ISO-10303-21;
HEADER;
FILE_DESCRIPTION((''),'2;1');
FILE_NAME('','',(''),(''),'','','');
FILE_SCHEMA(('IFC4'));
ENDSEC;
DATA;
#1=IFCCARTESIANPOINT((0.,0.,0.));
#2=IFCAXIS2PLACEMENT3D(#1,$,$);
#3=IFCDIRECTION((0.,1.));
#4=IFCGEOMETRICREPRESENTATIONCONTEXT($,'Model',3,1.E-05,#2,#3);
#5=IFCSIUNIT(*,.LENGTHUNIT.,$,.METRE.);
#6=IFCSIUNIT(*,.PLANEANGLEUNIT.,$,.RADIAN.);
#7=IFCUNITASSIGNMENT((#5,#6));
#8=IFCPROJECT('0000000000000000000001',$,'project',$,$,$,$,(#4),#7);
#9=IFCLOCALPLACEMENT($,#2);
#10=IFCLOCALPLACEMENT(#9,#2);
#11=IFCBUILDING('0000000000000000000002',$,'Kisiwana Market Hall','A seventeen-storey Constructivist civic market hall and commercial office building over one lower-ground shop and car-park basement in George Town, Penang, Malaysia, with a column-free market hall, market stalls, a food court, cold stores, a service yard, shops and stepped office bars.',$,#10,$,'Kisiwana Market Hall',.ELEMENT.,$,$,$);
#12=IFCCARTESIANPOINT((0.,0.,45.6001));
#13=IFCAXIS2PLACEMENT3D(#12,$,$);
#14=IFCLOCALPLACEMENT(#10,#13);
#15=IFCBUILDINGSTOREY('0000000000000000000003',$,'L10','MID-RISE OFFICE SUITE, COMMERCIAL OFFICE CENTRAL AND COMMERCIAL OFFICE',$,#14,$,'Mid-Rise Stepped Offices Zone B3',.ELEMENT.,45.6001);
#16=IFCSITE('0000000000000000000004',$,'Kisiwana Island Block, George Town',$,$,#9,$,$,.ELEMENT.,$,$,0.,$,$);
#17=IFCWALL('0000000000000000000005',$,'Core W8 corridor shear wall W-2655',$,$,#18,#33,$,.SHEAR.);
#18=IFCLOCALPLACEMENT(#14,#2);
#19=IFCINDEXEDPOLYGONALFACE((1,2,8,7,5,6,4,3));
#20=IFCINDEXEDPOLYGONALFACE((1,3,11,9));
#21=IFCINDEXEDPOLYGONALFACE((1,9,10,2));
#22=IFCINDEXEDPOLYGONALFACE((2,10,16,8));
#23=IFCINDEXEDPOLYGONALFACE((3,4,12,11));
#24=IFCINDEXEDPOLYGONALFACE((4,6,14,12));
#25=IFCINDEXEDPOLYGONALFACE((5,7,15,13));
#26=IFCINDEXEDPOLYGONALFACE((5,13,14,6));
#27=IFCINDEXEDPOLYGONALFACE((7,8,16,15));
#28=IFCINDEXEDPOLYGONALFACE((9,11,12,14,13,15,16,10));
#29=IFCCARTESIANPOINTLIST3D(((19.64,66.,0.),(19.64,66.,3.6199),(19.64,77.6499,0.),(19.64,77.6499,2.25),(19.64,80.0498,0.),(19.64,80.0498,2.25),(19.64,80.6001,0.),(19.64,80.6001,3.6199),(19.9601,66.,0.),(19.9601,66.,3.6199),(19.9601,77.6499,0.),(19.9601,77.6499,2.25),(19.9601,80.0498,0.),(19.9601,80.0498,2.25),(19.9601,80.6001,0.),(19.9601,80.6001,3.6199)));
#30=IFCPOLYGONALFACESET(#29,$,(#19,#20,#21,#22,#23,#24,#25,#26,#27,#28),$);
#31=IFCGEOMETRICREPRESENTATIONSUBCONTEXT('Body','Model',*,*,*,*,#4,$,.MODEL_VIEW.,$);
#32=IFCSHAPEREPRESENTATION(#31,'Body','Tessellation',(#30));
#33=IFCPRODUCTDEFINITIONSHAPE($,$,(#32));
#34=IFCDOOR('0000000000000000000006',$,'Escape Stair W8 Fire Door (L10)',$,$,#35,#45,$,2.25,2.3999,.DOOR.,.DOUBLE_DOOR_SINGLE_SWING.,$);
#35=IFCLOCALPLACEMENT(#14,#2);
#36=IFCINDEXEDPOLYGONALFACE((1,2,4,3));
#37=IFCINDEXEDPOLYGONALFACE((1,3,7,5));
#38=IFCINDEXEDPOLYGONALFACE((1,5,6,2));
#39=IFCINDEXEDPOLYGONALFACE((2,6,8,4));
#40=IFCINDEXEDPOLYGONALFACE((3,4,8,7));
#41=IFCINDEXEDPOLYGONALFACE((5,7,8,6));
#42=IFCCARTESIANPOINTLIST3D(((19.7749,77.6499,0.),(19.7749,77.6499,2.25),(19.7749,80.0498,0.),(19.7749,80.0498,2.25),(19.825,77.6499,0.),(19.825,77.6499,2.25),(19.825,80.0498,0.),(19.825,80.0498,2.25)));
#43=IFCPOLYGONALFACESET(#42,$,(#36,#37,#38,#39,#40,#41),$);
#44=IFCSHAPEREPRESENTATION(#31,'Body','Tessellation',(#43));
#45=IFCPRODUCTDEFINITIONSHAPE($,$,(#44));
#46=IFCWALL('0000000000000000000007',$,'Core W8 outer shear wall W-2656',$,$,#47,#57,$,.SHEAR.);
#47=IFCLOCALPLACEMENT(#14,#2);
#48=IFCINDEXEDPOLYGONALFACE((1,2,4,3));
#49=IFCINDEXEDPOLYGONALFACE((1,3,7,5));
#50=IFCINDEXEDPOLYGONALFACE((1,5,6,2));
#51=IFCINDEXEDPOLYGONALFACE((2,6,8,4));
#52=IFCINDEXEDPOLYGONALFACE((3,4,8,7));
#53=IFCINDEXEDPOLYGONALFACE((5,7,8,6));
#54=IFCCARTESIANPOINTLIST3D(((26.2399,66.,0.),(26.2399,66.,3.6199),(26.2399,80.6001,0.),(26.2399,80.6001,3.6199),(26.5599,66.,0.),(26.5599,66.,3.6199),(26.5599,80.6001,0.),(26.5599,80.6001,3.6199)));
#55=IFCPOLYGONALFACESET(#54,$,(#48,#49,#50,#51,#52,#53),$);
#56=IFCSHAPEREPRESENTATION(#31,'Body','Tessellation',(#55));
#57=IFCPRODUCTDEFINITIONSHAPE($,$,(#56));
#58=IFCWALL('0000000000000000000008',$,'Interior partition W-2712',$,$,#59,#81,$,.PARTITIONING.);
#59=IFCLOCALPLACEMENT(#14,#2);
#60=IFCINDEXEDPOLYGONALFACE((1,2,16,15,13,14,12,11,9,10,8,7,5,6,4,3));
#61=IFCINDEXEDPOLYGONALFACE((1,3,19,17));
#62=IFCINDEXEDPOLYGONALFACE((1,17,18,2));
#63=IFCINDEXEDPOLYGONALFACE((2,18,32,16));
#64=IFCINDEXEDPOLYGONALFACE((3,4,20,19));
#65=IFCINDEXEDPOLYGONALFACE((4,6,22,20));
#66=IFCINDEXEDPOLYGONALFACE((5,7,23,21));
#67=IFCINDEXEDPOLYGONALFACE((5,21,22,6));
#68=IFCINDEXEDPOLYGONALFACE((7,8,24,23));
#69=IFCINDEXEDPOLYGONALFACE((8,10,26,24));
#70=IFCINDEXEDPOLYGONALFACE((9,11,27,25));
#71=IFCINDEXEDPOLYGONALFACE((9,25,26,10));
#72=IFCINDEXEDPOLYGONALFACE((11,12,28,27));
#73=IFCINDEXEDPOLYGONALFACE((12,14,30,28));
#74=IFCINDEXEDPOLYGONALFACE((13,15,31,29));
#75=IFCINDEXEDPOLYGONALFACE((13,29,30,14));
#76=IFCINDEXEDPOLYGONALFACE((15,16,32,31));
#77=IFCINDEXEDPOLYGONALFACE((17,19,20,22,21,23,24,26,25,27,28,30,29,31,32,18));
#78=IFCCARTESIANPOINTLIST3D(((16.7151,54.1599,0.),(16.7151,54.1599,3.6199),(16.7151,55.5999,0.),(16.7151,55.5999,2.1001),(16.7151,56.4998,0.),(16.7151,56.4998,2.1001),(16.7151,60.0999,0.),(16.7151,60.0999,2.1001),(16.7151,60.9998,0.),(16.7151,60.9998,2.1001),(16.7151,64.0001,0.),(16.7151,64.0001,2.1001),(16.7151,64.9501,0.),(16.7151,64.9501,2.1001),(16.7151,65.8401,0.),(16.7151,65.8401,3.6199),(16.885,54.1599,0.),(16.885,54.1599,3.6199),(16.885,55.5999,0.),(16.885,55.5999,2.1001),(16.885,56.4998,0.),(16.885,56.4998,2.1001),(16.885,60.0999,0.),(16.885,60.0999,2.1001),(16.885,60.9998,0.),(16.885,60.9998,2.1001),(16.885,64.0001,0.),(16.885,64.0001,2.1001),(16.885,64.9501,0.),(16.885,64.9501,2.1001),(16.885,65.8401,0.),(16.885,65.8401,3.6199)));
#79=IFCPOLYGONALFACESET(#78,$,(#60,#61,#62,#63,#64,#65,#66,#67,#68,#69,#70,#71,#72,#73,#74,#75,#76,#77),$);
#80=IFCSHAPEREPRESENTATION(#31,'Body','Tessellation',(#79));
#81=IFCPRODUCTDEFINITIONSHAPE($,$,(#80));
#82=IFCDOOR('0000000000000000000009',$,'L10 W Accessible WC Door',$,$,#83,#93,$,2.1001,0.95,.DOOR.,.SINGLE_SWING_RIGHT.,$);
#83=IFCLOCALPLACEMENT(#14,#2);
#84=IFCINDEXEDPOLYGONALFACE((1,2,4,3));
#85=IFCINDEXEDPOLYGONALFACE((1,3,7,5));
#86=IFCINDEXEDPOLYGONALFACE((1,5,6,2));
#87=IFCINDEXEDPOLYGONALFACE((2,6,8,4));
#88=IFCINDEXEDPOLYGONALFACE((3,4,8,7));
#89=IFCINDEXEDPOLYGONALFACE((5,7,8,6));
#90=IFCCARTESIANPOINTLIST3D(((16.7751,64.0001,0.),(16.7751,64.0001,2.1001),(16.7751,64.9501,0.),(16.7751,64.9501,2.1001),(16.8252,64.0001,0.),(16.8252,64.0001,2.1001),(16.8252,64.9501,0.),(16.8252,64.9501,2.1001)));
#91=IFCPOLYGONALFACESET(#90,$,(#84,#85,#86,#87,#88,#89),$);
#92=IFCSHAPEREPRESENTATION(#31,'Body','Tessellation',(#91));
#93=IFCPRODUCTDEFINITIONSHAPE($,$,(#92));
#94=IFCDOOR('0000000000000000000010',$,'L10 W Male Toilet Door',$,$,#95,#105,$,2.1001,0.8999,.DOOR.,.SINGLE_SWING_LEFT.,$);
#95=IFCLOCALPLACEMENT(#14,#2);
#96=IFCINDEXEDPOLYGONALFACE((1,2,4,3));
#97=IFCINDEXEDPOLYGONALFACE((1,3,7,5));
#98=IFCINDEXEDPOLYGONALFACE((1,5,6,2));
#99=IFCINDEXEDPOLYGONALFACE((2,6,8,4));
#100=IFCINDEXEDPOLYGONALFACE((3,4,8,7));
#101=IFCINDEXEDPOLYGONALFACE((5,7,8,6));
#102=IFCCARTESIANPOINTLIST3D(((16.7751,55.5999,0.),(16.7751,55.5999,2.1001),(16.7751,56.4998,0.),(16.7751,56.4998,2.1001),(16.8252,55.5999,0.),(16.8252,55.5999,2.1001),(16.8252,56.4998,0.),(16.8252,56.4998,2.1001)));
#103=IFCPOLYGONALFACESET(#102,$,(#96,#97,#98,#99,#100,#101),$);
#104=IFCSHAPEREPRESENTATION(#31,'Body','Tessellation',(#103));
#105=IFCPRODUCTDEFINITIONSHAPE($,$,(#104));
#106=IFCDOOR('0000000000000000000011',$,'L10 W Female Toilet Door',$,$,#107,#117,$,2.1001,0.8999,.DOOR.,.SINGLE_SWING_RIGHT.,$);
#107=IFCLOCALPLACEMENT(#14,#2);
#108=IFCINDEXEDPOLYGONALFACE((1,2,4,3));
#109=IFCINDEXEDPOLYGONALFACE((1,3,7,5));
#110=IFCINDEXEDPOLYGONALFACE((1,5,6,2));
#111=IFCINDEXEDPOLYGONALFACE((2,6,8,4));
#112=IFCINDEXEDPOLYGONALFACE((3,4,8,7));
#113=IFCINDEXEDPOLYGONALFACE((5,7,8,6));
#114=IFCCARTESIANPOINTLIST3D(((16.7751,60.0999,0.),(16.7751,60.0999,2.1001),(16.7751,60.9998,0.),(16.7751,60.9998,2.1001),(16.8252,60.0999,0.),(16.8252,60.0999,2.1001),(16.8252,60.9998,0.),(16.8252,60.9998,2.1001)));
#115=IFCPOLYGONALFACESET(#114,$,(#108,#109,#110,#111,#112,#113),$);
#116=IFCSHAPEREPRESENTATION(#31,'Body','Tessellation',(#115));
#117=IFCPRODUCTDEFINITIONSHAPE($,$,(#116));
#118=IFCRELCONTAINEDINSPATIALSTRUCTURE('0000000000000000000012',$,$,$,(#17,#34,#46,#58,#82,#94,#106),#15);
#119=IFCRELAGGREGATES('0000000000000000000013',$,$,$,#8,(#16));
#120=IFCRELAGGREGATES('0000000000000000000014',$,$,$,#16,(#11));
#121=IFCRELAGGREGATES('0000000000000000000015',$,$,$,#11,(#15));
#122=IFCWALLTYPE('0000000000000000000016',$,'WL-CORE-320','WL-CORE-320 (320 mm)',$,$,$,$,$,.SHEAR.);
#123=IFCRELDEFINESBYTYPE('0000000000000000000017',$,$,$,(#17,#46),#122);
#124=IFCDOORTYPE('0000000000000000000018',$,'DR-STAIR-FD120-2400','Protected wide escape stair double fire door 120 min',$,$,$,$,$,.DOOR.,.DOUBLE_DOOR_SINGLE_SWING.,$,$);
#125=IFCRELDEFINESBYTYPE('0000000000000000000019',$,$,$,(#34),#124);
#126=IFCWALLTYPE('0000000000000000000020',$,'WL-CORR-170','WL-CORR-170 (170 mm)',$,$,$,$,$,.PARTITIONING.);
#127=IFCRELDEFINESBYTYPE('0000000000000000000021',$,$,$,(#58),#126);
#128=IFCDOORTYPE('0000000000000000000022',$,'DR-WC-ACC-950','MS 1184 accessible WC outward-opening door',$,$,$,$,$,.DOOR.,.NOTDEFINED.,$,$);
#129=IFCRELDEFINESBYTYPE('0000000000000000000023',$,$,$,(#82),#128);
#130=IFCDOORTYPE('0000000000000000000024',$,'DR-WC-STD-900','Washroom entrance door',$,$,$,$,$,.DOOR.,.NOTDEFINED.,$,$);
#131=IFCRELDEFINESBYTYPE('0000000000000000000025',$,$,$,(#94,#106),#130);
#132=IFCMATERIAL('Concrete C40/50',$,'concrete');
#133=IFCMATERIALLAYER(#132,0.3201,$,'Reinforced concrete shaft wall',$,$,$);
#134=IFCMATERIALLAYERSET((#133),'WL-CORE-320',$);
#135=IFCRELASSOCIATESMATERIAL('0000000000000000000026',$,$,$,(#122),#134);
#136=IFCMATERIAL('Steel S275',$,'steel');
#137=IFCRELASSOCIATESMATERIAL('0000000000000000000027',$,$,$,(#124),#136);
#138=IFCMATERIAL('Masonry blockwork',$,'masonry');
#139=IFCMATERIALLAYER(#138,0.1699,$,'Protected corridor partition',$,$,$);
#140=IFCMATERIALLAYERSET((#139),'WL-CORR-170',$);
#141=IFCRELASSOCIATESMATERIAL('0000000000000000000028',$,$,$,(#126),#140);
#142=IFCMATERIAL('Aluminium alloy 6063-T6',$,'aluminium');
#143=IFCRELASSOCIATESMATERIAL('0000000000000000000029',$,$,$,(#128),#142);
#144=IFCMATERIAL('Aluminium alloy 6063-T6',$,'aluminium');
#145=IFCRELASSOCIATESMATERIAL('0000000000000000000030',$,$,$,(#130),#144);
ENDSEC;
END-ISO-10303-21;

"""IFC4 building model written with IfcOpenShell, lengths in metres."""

from ifc_helpers import new_model, si_unit, direction, frame, frame_2d, origin, place, context, subcontext, project, spatial, rectangle, extrude, material, layer, layer_set, type_object, element, fill, save


model = new_model("IFC4")

# Units and contexts
model_context = context("Model", 3, precision=1e-05, world=origin(), true_north=direction((0.0, 1.0)))
body_context = subcontext(model_context, "Body", "Model", "MODEL_VIEW")
ifc_project = project(units=[si_unit("LENGTHUNIT", "METRE"), si_unit("PLANEANGLEUNIT", "RADIAN")], contexts=[model_context])

# Site, building, storey
site_placement = place(None, origin())
site = spatial("IfcSite", under=ifc_project, at=site_placement, Name="Kisiwana Island Block, George Town", CompositionType="ELEMENT", RefElevation=0.0)
building_placement = place(site_placement, origin())
building = spatial("IfcBuilding", under=site, at=building_placement, Name="Kisiwana Market Hall", Description="A seventeen-storey Constructivist civic market hall and commercial office building over one lower-ground shop and car-park basement in George Town, Penang, Malaysia, with a column-free market hall, market stalls, a food court, cold stores, a service yard, shops and stepped office bars.", LongName="Kisiwana Market Hall", CompositionType="ELEMENT")
storey_placement = place(building_placement, frame((0.0, 0.0, 45.6001)))
storey = spatial("IfcBuildingStorey", under=building, at=storey_placement, Name="L10", Description="MID-RISE OFFICE SUITE, COMMERCIAL OFFICE CENTRAL AND COMMERCIAL OFFICE", LongName="Mid-Rise Stepped Offices Zone B3", CompositionType="ELEMENT", Elevation=45.6001)

# Shared definitions
ifc_material_1 = material(Name="Concrete C40/50", Category="concrete")
ifc_layer_1 = layer(ifc_material_1, 0.3201, Name="Reinforced concrete shaft wall")
ifc_layer_set_1 = layer_set([ifc_layer_1], Name="WL-CORE-320")
wall_type_1 = type_object("IfcWallType", Name="WL-CORE-320", Description="WL-CORE-320 (320 mm)", PredefinedType="SHEAR", material=ifc_layer_set_1)
ifc_material_2 = material(Name="Steel S275", Category="steel")
door_type_1 = type_object("IfcDoorType", Name="DR-STAIR-FD120-2400", Description="Protected wide escape stair double fire door 120 min", OperationType="DOUBLE_DOOR_SINGLE_SWING", PredefinedType="DOOR", material=ifc_material_2)

# Wall, opening, door
wall_1_placement = place(storey_placement, frame((19.8, 66.0, 0.0), z_axis=(0.0, 0.0, 1.0), x_axis=(0.0, 1.0, 0.0)))
wall_1 = element("IfcWall", 1, at=wall_1_placement, inside=storey, type_object=wall_type_1, Name="Core W8 corridor shear wall W-2655", PredefinedType="SHEAR", context=body_context, shape_type="SweptSolid", body=[
    extrude(rectangle(XDim=14.6001, YDim=0.3201, at=frame_2d((7.3, 0.0))), origin(), (0.0, 0.0, 1.0), 3.6199),
])
opening_1_placement = place(wall_1_placement, frame((11.6499, 0.0, 0.0)))
opening_1 = element("IfcOpeningElement", 2, at=opening_1_placement, cuts=wall_1, PredefinedType="OPENING", context=body_context, shape_type="SweptSolid", body=[
    extrude(rectangle(XDim=2.3999, YDim=2.25, at=frame_2d((1.2, 1.125))), frame((0.0, 0.1719, 0.0), z_axis=(0.0, -1.0, 0.0), x_axis=(1.0, 0.0, 0.0)), (0.0, 0.0, 1.0), 0.344),
])
door_1_placement = place(opening_1_placement, frame((2.3999, 0.0, 0.0), z_axis=(0.0, 0.0, 1.0), x_axis=(-1.0, 0.0, 0.0)))
door_1 = element("IfcDoor", 3, at=door_1_placement, inside=storey, type_object=door_type_1, Name="Escape Stair W8 Fire Door (L10)", OperationType="DOUBLE_DOOR_SINGLE_SWING", OverallHeight=2.25, OverallWidth=2.3999, PredefinedType="DOOR", context=body_context, shape_type="SweptSolid", body=[
    extrude(rectangle(XDim=2.3999, YDim=2.25, at=frame_2d((1.2, 1.125))), frame((0.0, 0.0249, 0.0), z_axis=(0.0, -1.0, 0.0), x_axis=(1.0, 0.0, 0.0)), (0.0, 0.0, 1.0), 0.05),
])
fill(opening_1, door_1)

# Wall
wall_2_placement = place(storey_placement, frame((26.3999, 66.0, 0.0), z_axis=(0.0, 0.0, 1.0), x_axis=(0.0, 1.0, 0.0)))
element("IfcWall", 4, at=wall_2_placement, inside=storey, type_object=wall_type_1, Name="Core W8 outer shear wall W-2656", PredefinedType="SHEAR", context=body_context, shape_type="SweptSolid", body=[
    extrude(rectangle(XDim=14.6001, YDim=0.3201, at=frame_2d((7.3, 0.0))), origin(), (0.0, 0.0, 1.0), 3.6199),
])

# Wall, openings, doors
ifc_material_3 = material(Name="Masonry blockwork", Category="masonry")
ifc_layer_2 = layer(ifc_material_3, 0.1699, Name="Protected corridor partition")
ifc_layer_set_2 = layer_set([ifc_layer_2], Name="WL-CORR-170")
wall_type_2 = type_object("IfcWallType", Name="WL-CORR-170", Description="WL-CORR-170 (170 mm)", PredefinedType="PARTITIONING", material=ifc_layer_set_2)
wall_3_placement = place(storey_placement, frame((16.8, 54.1599, 0.0), z_axis=(0.0, 0.0, 1.0), x_axis=(0.0, 1.0, 0.0)))
wall_3 = element("IfcWall", 5, at=wall_3_placement, inside=storey, type_object=wall_type_2, Name="Interior partition W-2712", PredefinedType="PARTITIONING", context=body_context, shape_type="SweptSolid", body=[
    extrude(rectangle(XDim=11.6802, YDim=0.1699, at=frame_2d((5.8401, 0.0))), origin(), (0.0, 0.0, 1.0), 3.6199),
])
opening_2_placement = place(wall_3_placement, frame((1.4399, 0.0, 0.0)))
opening_2 = element("IfcOpeningElement", 6, at=opening_2_placement, cuts=wall_3, PredefinedType="OPENING", context=body_context, shape_type="SweptSolid", body=[
    extrude(rectangle(XDim=0.8999, YDim=2.1001, at=frame_2d((0.45, 1.05))), frame((0.0, 0.0969, 0.0), z_axis=(0.0, -1.0, 0.0), x_axis=(1.0, 0.0, 0.0)), (0.0, 0.0, 1.0), 0.1938),
])
opening_3_placement = place(wall_3_placement, frame((5.9399, 0.0, 0.0)))
opening_3 = element("IfcOpeningElement", 7, at=opening_3_placement, cuts=wall_3, PredefinedType="OPENING", context=body_context, shape_type="SweptSolid", body=[
    extrude(rectangle(XDim=0.8999, YDim=2.1001, at=frame_2d((0.45, 1.05))), frame((0.0, 0.0969, 0.0), z_axis=(0.0, -1.0, 0.0), x_axis=(1.0, 0.0, 0.0)), (0.0, 0.0, 1.0), 0.1938),
])
opening_4_placement = place(wall_3_placement, frame((9.8401, 0.0, 0.0)))
opening_4 = element("IfcOpeningElement", 8, at=opening_4_placement, cuts=wall_3, PredefinedType="OPENING", context=body_context, shape_type="SweptSolid", body=[
    extrude(rectangle(XDim=0.95, YDim=2.1001, at=frame_2d((0.4751, 1.05))), frame((0.0, 0.0969, 0.0), z_axis=(0.0, -1.0, 0.0), x_axis=(1.0, 0.0, 0.0)), (0.0, 0.0, 1.0), 0.1938),
])
ifc_material_4 = material(Name="Aluminium alloy 6063-T6", Category="aluminium")
door_type_2 = type_object("IfcDoorType", Name="DR-WC-ACC-950", Description="MS 1184 accessible WC outward-opening door", OperationType="NOTDEFINED", PredefinedType="DOOR", material=ifc_material_4)
door_2_placement = place(opening_4_placement, origin())
door_2 = element("IfcDoor", 9, at=door_2_placement, inside=storey, type_object=door_type_2, Name="L10 W Accessible WC Door", OperationType="SINGLE_SWING_RIGHT", OverallHeight=2.1001, OverallWidth=0.95, PredefinedType="DOOR", context=body_context, shape_type="SweptSolid", body=[
    extrude(rectangle(XDim=0.95, YDim=2.1001, at=frame_2d((0.4751, 1.05))), frame((0.0, 0.0249, 0.0), z_axis=(0.0, -1.0, 0.0), x_axis=(1.0, 0.0, 0.0)), (0.0, 0.0, 1.0), 0.05),
])
fill(opening_4, door_2)
ifc_material_5 = material(Name="Aluminium alloy 6063-T6", Category="aluminium")
door_type_3 = type_object("IfcDoorType", Name="DR-WC-STD-900", Description="Washroom entrance door", OperationType="NOTDEFINED", PredefinedType="DOOR", material=ifc_material_5)
door_3_placement = place(opening_2_placement, origin())
door_3 = element("IfcDoor", 10, at=door_3_placement, inside=storey, type_object=door_type_3, Name="L10 W Male Toilet Door", OperationType="SINGLE_SWING_LEFT", OverallHeight=2.1001, OverallWidth=0.8999, PredefinedType="DOOR", context=body_context, shape_type="SweptSolid", body=[
    extrude(rectangle(XDim=0.8999, YDim=2.1001, at=frame_2d((0.45, 1.05))), frame((0.0, 0.0249, 0.0), z_axis=(0.0, -1.0, 0.0), x_axis=(1.0, 0.0, 0.0)), (0.0, 0.0, 1.0), 0.05),
])
fill(opening_2, door_3)
door_4_placement = place(opening_3_placement, origin())
door_4 = element("IfcDoor", 11, at=door_4_placement, inside=storey, type_object=door_type_3, Name="L10 W Female Toilet Door", OperationType="SINGLE_SWING_RIGHT", OverallHeight=2.1001, OverallWidth=0.8999, PredefinedType="DOOR", context=body_context, shape_type="SweptSolid", body=[
    extrude(rectangle(XDim=0.8999, YDim=2.1001, at=frame_2d((0.45, 1.05))), frame((0.0, 0.0249, 0.0), z_axis=(0.0, -1.0, 0.0), x_axis=(1.0, 0.0, 0.0)), (0.0, 0.0, 1.0), 0.05),
])
fill(opening_3, door_4)

save(model, "model.ifc")
